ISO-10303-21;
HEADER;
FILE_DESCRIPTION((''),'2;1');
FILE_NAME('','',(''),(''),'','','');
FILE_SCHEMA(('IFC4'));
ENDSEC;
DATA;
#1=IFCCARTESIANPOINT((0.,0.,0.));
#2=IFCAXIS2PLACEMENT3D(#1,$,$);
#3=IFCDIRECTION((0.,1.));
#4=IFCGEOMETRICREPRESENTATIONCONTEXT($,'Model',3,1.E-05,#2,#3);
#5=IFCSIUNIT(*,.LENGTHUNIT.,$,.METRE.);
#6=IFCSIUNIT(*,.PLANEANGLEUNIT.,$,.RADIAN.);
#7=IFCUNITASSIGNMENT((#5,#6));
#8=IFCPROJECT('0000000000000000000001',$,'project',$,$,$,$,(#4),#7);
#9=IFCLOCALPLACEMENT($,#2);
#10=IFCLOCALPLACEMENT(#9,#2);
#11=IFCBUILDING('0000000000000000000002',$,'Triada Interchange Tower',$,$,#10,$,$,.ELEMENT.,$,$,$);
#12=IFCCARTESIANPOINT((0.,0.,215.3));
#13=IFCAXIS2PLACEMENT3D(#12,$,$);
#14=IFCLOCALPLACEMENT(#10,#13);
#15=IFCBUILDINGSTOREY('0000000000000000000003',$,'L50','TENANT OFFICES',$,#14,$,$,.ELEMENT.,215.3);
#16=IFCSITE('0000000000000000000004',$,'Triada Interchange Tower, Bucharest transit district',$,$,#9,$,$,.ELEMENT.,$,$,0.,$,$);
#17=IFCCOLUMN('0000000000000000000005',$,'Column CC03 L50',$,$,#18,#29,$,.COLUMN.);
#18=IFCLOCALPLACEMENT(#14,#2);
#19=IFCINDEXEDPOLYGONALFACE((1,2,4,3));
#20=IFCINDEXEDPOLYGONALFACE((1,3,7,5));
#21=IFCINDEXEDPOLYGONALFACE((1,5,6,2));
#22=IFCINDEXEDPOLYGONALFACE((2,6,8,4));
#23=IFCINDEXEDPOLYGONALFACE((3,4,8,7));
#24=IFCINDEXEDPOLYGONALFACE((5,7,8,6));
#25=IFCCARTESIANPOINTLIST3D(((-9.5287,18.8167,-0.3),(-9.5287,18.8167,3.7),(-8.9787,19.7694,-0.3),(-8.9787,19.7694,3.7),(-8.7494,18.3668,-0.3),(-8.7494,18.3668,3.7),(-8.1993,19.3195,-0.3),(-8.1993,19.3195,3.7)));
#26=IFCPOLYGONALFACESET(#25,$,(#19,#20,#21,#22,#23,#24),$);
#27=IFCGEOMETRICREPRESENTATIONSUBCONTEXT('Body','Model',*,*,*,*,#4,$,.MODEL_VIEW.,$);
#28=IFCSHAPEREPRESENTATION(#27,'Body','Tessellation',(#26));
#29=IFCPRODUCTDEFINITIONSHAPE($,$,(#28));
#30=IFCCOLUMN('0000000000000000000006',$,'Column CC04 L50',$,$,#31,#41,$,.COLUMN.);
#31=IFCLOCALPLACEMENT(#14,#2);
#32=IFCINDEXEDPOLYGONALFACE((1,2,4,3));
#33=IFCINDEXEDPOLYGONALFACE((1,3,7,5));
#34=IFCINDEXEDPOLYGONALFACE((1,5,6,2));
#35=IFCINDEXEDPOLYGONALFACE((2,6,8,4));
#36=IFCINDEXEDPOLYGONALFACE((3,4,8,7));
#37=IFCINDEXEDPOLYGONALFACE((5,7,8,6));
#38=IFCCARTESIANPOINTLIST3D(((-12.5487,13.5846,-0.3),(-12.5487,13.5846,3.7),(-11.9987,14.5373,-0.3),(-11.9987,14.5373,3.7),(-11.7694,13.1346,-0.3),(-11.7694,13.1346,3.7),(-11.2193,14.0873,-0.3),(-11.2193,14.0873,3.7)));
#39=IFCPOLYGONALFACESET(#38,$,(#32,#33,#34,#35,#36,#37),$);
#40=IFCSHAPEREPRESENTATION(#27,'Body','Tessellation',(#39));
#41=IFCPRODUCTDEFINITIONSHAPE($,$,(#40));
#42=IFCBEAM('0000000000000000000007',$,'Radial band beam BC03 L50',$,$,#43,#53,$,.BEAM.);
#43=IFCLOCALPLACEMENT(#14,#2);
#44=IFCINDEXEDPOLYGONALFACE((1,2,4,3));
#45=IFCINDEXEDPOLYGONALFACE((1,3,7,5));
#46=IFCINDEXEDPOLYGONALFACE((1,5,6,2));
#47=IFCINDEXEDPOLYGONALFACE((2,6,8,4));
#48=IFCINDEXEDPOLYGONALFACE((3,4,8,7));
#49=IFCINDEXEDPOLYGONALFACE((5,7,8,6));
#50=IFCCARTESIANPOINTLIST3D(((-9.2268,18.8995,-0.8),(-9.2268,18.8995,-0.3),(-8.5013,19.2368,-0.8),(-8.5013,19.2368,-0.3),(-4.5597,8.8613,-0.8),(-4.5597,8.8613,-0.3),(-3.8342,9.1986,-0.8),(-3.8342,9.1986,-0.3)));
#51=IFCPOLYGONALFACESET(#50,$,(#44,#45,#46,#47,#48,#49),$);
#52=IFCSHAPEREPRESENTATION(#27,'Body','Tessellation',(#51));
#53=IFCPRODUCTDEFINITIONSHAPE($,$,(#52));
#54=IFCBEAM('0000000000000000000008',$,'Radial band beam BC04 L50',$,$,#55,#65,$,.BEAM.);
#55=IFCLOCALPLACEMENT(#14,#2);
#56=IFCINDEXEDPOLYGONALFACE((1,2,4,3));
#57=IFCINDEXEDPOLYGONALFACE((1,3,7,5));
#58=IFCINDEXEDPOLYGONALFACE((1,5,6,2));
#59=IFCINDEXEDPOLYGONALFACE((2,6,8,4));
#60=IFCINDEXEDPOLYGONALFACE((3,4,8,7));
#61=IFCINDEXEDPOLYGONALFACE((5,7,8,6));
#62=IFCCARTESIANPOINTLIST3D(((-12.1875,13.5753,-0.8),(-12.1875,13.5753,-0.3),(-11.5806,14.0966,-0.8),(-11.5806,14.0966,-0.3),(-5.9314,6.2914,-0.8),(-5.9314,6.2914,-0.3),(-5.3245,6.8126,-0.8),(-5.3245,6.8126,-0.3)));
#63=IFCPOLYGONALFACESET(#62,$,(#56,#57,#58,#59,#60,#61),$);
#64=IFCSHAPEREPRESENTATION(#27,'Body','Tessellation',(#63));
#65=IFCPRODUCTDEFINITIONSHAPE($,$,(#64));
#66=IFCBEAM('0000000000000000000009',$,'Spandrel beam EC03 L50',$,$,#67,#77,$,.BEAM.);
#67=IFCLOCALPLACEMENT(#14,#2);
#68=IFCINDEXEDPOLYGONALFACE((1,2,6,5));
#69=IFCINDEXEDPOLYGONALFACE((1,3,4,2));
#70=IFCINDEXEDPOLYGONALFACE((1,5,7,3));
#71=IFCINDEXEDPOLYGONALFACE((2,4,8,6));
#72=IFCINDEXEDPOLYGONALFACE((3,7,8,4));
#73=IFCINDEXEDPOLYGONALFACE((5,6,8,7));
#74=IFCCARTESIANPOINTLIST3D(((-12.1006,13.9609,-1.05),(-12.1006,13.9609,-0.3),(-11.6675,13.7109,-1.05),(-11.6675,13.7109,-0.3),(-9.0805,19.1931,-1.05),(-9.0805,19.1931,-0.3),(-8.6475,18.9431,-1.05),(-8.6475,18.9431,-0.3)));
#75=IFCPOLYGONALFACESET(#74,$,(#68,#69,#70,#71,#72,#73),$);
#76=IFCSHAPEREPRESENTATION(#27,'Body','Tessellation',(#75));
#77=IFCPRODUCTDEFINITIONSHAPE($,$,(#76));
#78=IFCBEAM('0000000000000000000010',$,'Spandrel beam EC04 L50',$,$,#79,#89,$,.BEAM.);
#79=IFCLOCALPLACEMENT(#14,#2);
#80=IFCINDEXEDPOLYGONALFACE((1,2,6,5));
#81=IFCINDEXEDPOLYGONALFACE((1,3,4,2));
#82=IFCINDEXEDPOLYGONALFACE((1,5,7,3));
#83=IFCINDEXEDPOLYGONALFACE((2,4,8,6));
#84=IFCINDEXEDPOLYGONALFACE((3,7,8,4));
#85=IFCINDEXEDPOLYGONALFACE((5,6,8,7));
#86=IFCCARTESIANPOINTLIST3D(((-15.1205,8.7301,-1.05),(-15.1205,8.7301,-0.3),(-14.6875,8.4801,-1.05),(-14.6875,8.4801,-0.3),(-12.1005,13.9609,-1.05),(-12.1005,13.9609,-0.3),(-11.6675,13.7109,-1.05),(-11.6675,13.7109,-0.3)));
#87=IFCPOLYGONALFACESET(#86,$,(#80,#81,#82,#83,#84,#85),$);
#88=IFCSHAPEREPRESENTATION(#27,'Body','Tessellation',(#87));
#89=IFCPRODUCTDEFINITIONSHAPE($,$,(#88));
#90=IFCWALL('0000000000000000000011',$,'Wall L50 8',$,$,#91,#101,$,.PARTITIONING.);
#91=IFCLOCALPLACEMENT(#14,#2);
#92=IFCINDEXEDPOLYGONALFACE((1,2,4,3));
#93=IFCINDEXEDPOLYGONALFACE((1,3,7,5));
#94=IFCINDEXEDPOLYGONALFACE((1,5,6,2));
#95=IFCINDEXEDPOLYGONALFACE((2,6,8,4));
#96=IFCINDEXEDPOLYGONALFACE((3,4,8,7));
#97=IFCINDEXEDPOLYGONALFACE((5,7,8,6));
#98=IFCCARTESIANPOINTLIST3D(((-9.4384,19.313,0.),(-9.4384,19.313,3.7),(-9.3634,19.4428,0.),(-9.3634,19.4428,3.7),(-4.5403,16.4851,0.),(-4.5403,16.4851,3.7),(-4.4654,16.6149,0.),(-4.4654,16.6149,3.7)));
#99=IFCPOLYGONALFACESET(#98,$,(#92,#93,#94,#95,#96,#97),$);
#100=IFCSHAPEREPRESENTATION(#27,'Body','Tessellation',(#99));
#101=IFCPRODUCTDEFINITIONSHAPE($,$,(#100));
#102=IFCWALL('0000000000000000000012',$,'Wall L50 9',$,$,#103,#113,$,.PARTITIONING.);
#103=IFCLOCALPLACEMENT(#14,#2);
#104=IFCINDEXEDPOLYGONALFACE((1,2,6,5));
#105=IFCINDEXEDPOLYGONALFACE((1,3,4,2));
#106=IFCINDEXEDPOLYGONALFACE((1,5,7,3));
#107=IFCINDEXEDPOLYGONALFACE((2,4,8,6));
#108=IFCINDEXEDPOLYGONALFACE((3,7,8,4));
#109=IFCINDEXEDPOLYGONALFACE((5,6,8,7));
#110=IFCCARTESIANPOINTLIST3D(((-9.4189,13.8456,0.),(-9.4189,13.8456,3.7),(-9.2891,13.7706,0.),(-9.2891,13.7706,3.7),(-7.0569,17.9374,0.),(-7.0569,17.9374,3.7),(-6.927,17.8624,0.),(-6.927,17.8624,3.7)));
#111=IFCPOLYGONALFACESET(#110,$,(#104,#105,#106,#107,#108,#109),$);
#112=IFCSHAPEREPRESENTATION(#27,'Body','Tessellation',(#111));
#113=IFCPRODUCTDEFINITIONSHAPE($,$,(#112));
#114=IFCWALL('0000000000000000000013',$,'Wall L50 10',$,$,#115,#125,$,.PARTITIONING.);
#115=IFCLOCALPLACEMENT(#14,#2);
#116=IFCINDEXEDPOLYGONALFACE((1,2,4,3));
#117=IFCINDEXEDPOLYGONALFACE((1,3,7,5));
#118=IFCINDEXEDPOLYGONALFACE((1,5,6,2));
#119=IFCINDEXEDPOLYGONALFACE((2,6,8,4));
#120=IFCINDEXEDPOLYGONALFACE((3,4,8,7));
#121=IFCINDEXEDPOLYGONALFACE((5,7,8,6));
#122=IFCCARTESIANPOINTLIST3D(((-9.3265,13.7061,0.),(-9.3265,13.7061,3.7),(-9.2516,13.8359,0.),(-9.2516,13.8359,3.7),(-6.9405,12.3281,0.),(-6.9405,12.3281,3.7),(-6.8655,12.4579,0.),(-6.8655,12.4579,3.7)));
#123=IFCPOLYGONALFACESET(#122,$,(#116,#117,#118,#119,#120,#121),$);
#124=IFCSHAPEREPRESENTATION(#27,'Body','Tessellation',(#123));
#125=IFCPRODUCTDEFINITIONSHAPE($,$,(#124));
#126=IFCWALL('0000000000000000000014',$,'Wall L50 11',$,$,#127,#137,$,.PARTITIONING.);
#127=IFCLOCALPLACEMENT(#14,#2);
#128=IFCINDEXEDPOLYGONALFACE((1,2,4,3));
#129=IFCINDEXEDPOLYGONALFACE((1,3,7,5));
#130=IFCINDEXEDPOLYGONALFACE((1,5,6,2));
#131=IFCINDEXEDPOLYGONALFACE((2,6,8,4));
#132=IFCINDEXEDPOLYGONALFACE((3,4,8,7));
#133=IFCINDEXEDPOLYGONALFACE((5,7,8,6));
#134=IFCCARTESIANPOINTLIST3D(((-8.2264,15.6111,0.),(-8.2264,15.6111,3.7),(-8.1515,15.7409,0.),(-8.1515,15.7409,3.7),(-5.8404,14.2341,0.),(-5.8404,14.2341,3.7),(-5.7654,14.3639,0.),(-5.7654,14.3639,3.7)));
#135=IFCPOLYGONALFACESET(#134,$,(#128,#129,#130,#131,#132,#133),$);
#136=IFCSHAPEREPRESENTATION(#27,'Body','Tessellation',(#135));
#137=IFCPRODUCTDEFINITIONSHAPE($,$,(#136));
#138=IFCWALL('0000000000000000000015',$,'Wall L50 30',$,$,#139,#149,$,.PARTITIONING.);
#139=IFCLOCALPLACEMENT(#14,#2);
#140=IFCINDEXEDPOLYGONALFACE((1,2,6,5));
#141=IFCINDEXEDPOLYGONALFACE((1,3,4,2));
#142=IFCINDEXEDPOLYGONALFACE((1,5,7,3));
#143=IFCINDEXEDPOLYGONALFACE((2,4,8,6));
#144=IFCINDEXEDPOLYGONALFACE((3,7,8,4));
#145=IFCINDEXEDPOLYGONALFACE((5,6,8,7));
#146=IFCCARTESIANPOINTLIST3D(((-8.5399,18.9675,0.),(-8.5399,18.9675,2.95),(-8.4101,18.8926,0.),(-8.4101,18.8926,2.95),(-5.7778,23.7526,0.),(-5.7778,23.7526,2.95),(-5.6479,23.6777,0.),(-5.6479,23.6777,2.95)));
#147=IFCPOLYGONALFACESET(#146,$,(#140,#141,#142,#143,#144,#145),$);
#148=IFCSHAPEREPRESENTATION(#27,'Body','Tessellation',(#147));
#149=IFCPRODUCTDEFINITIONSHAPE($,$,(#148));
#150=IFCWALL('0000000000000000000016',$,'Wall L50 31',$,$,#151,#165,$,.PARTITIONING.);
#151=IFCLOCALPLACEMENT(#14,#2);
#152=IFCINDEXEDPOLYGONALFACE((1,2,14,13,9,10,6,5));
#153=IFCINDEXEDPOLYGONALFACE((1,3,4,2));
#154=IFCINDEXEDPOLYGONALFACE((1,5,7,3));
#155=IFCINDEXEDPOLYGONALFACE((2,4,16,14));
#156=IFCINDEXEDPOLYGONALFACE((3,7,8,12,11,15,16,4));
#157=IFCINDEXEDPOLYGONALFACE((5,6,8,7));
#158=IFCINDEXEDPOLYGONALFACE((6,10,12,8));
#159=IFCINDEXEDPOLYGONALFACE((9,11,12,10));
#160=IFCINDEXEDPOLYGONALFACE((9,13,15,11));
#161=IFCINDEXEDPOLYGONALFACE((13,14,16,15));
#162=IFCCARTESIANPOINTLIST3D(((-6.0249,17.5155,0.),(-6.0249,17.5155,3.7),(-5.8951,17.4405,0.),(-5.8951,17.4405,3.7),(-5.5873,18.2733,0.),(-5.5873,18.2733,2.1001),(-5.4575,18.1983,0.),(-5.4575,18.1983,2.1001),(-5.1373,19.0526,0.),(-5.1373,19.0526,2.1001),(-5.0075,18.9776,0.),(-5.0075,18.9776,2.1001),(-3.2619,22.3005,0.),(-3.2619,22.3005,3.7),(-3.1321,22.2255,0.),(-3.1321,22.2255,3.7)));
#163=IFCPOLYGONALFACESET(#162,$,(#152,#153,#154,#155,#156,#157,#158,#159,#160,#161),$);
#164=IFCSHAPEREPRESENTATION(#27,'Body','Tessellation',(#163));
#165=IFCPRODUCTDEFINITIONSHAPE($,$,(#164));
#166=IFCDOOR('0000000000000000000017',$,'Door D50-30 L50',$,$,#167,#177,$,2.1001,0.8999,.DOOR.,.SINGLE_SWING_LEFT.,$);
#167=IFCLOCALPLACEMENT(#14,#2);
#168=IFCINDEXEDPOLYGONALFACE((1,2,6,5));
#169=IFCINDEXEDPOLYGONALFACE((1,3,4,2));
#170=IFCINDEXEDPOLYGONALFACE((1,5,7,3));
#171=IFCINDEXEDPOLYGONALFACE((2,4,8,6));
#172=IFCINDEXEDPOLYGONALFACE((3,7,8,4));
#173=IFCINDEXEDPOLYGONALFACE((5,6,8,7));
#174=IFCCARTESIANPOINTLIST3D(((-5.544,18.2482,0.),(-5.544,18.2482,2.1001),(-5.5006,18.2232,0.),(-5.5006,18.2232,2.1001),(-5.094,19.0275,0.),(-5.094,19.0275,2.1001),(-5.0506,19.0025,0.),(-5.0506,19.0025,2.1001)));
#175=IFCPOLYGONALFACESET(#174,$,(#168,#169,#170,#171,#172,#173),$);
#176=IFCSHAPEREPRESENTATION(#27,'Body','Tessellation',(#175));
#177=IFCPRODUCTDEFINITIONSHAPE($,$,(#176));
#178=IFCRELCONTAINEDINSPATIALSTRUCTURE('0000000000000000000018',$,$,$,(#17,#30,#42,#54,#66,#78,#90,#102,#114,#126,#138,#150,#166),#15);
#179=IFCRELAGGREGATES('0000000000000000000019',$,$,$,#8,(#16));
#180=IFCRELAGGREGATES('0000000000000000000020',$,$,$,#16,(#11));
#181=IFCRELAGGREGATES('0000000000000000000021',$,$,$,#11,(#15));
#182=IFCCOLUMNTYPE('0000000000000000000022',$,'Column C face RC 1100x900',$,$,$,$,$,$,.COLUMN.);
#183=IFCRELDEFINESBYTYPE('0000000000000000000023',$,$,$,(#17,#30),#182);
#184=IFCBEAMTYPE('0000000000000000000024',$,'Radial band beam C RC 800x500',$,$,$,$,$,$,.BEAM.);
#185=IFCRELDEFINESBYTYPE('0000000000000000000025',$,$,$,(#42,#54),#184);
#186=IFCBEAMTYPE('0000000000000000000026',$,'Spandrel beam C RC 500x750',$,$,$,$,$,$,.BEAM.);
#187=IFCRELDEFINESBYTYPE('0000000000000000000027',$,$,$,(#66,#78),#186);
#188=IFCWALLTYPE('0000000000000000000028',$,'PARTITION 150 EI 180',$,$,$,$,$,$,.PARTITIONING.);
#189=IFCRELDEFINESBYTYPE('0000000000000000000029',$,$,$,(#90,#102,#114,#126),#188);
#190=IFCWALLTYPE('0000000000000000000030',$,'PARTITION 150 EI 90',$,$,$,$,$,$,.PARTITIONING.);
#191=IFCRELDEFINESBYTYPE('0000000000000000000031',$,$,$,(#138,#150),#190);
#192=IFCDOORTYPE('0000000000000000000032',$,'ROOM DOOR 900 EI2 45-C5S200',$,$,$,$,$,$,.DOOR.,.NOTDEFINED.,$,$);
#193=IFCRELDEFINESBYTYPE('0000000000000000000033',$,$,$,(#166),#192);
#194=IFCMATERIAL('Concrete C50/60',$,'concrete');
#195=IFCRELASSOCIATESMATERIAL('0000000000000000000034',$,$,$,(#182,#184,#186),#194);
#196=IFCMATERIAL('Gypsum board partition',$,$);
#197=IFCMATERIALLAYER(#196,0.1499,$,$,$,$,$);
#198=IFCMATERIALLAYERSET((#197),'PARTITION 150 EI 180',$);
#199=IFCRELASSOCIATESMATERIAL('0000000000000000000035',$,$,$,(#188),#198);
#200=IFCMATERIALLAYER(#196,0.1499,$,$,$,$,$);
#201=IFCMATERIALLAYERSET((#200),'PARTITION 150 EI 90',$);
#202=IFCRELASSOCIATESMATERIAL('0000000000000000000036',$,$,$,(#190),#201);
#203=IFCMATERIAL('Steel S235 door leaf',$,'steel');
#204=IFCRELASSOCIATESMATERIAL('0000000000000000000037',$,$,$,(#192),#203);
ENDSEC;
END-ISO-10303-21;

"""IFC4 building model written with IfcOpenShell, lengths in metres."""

from ifc_helpers import new_model, si_unit, direction, frame, frame_2d, origin, origin_2d, place, context, subcontext, project, spatial, rectangle, extrude, material, layer, layer_set, material_profile, profile_set, type_object, element, fill, save


model = new_model("IFC4")

# Units and contexts
model_context = context("Model", 3, precision=1e-05, world=origin(), true_north=direction((0.0, 1.0)))
body_context = subcontext(model_context, "Body", "Model", "MODEL_VIEW")
ifc_project = project(units=[si_unit("LENGTHUNIT", "METRE"), si_unit("PLANEANGLEUNIT", "RADIAN")], contexts=[model_context])

# Site, building, storey
site_placement = place(None, origin())
site = spatial("IfcSite", under=ifc_project, at=site_placement, Name="Triada Interchange Tower, Bucharest transit district", CompositionType="ELEMENT", RefElevation=0.0)
building_placement = place(site_placement, origin())
building = spatial("IfcBuilding", under=site, at=building_placement, Name="Triada Interchange Tower", CompositionType="ELEMENT")
storey_placement = place(building_placement, frame((0.0, 0.0, 215.3)))
storey = spatial("IfcBuildingStorey", under=building, at=storey_placement, Name="L50", Description="TENANT OFFICES", CompositionType="ELEMENT", Elevation=215.3)

# Columns
ifc_material_1 = material(Name="Concrete C50/60", Category="concrete")
ifc_material_profile_1 = material_profile(ifc_material_1, rectangle(XDim=1.1001, YDim=0.8999, at=origin_2d()), Name="RC 1100x900")
ifc_profile_set_1 = profile_set([ifc_material_profile_1], Name="Concrete C50/60")
column_type = type_object("IfcColumnType", Name="Column C face RC 1100x900", PredefinedType="COLUMN", material=ifc_profile_set_1)
for number, where, z_axis, x_axis, name in (
    (1, (-8.864, 19.0681, -0.3), (0.0, 0.0, 1.0), (0.5, 0.866025, 0.0), "Column CC03 L50"),
    (2, (-11.884, 13.8359, -0.3), (0.0, 0.0, 1.0), (0.5, 0.866025, 0.0), "Column CC04 L50"),
):
    element("IfcColumn", number, at=place(storey_placement, frame(where, z_axis=z_axis, x_axis=x_axis)), inside=storey, type_object=column_type, Name=name, PredefinedType="COLUMN", context=body_context, shape_type="SweptSolid", body=[
        extrude(rectangle(XDim=1.1001, YDim=0.8999, at=origin_2d()), origin(), (0.0, 0.0, 1.0), 4.0),
    ])

# Beams
ifc_material_profile_2 = material_profile(ifc_material_1, rectangle(XDim=0.8, YDim=0.5, at=origin_2d()), Name="RC 800x500")
ifc_profile_set_2 = profile_set([ifc_material_profile_2], Name="Concrete C50/60")
beam_type_1 = type_object("IfcBeamType", Name="Radial band beam C RC 800x500", PredefinedType="BEAM", material=ifc_profile_set_2)
beam_1_placement = place(storey_placement, frame((-8.864, 19.0681, -0.55), z_axis=(0.421591, -0.906786, 0.0), x_axis=(0.906786, 0.421591, 0.0)))
element("IfcBeam", 3, at=beam_1_placement, inside=storey, type_object=beam_type_1, Name="Radial band beam BC03 L50", PredefinedType="BEAM", context=body_context, shape_type="SweptSolid", body=[
    extrude(rectangle(XDim=0.8, YDim=0.5, at=origin_2d()), origin(), (0.0, 0.0, 1.0), 11.0701),
])
beam_2_placement = place(storey_placement, frame((-11.884, 13.8359, -0.55), z_axis=(0.651555, -0.758601, 0.0), x_axis=(0.758601, 0.651555, 0.0)))
element("IfcBeam", 4, at=beam_2_placement, inside=storey, type_object=beam_type_1, Name="Radial band beam BC04 L50", PredefinedType="BEAM", context=body_context, shape_type="SweptSolid", body=[
    extrude(rectangle(XDim=0.8, YDim=0.5, at=origin_2d()), origin(), (0.0, 0.0, 1.0), 9.6018),
])
ifc_material_profile_3 = material_profile(ifc_material_1, rectangle(XDim=0.5, YDim=0.75, at=origin_2d()), Name="RC 500x750")
ifc_profile_set_3 = profile_set([ifc_material_profile_3], Name="Concrete C50/60")
beam_type_2 = type_object("IfcBeamType", Name="Spandrel beam C RC 500x750", PredefinedType="BEAM", material=ifc_profile_set_3)
beam_3_placement = place(storey_placement, frame((-8.864, 19.0681, -0.675), z_axis=(-0.499903, -0.866081, 0.0), x_axis=(0.866081, -0.499903, 0.0)))
element("IfcBeam", 5, at=beam_3_placement, inside=storey, type_object=beam_type_2, Name="Spandrel beam EC03 L50", PredefinedType="BEAM", context=body_context, shape_type="SweptSolid", body=[
    extrude(rectangle(XDim=0.5, YDim=0.75, at=origin_2d()), origin(), (0.0, 0.0, 1.0), 6.0413),
])
beam_4_placement = place(storey_placement, frame((-11.884, 13.8359, -0.675), z_axis=(-0.499991, -0.866031, 0.0), x_axis=(0.866031, -0.499991, 0.0)))
element("IfcBeam", 6, at=beam_4_placement, inside=storey, type_object=beam_type_2, Name="Spandrel beam EC04 L50", PredefinedType="BEAM", context=body_context, shape_type="SweptSolid", body=[
    extrude(rectangle(XDim=0.5, YDim=0.75, at=origin_2d()), origin(), (0.0, 0.0, 1.0), 6.04),
])

# Shared definitions
ifc_material_2 = material(Name="Steel S235 door leaf", Category="steel")

# Walls
ifc_material_3 = material(Name="Gypsum board partition")
ifc_layer_1 = layer(ifc_material_3, 0.1499)
ifc_layer_set_1 = layer_set([ifc_layer_1], Name="PARTITION 150 EI 180")
wall_type_1 = type_object("IfcWallType", Name="PARTITION 150 EI 180", PredefinedType="PARTITIONING", material=ifc_layer_set_1)
wall_1_placement = place(storey_placement, frame((-9.4009, 19.3779, 0.0), z_axis=(0.0, 0.0, 1.0), x_axis=(0.866022, -0.500006, 0.0)))
element("IfcWall", 7, at=wall_1_placement, inside=storey, type_object=wall_type_1, Name="Wall L50 8", PredefinedType="PARTITIONING", context=body_context, shape_type="SweptSolid", body=[
    extrude(rectangle(XDim=5.6558, YDim=0.1499, at=frame_2d((2.8279, 0.0))), origin(), (0.0, 0.0, 1.0), 3.7),
])
wall_2_placement = place(storey_placement, frame((-9.354, 13.8081, 0.0), z_axis=(0.0, 0.0, 1.0), x_axis=(0.499946, 0.866057, 0.0)))
element("IfcWall", 8, at=wall_2_placement, inside=storey, type_object=wall_type_1, Name="Wall L50 9", PredefinedType="PARTITIONING", context=body_context, shape_type="SweptSolid", body=[
    extrude(rectangle(XDim=4.7246, YDim=0.1499, at=frame_2d((2.3623, 0.0))), origin(), (0.0, 0.0, 1.0), 3.7),
])
wall_3_placement = place(storey_placement, frame((-9.2891, 13.771, 0.0), z_axis=(0.0, 0.0, 1.0), x_axis=(0.865966, -0.500103, 0.0)))
element("IfcWall", 9, at=wall_3_placement, inside=storey, type_object=wall_type_1, Name="Wall L50 10", PredefinedType="PARTITIONING", context=body_context, shape_type="SweptSolid", body=[
    extrude(rectangle(XDim=2.7554, YDim=0.1499, at=frame_2d((1.3777, 0.0))), origin(), (0.0, 0.0, 1.0), 3.7),
])
wall_4_placement = place(storey_placement, frame((-8.189, 15.676, 0.0), z_axis=(0.0, 0.0, 1.0), x_axis=(0.866119, -0.499838, 0.0)))
element("IfcWall", 10, at=wall_4_placement, inside=storey, type_object=wall_type_1, Name="Wall L50 11", PredefinedType="PARTITIONING", context=body_context, shape_type="SweptSolid", body=[
    extrude(rectangle(XDim=2.7549, YDim=0.1499, at=frame_2d((1.3774, 0.0))), origin(), (0.0, 0.0, 1.0), 3.7),
])
ifc_layer_2 = layer(ifc_material_3, 0.1499)
ifc_layer_set_2 = layer_set([ifc_layer_2], Name="PARTITION 150 EI 90")
wall_type_2 = type_object("IfcWallType", Name="PARTITION 150 EI 90", PredefinedType="PARTITIONING", material=ifc_layer_set_2)
wall_5_placement = place(storey_placement, frame((-8.4751, 18.9299, 0.0), z_axis=(0.0, 0.0, 1.0), x_axis=(0.499932, 0.866065, 0.0)))
element("IfcWall", 11, at=wall_5_placement, inside=storey, type_object=wall_type_2, Name="Wall L50 30", PredefinedType="PARTITIONING", context=body_context, shape_type="SweptSolid", body=[
    extrude(rectangle(XDim=5.5251, YDim=0.1499, at=frame_2d((2.7627, 0.0))), origin(), (0.0, 0.0, 1.0), 2.95),
])

# Wall, opening, door
wall_6_placement = place(storey_placement, frame((-5.96, 17.478, 0.0), z_axis=(0.0, 0.0, 1.0), x_axis=(0.50005, 0.865996, 0.0)))
wall_6 = element("IfcWall", 12, at=wall_6_placement, inside=storey, type_object=wall_type_2, Name="Wall L50 31", PredefinedType="PARTITIONING", context=body_context, shape_type="SweptSolid", body=[
    extrude(rectangle(XDim=5.5254, YDim=0.1499, at=frame_2d((2.7627, 0.0))), origin(), (0.0, 0.0, 1.0), 3.7),
])
opening_1_placement = place(wall_6_placement, frame((0.875, 0.0, 0.0)))
opening_1 = element("IfcOpeningElement", 13, at=opening_1_placement, cuts=wall_6, PredefinedType="OPENING", context=body_context, shape_type="SweptSolid", body=[
    extrude(rectangle(XDim=0.8999, YDim=2.1001, at=frame_2d((0.45, 1.05))), frame((0.0, 0.085, 0.0), z_axis=(0.0, -1.0, 0.0), x_axis=(1.0, 0.0, 0.0)), (0.0, 0.0, 1.0), 0.1699),
])
door_type_1 = type_object("IfcDoorType", Name="ROOM DOOR 900 EI2 45-C5S200", OperationType="NOTDEFINED", PredefinedType="DOOR", material=ifc_material_2)
door_1_placement = place(opening_1_placement, origin())
door_1 = element("IfcDoor", 14, at=door_1_placement, inside=storey, type_object=door_type_1, Name="Door D50-30 L50", OperationType="SINGLE_SWING_LEFT", OverallHeight=2.1001, OverallWidth=0.8999, PredefinedType="DOOR", context=body_context, shape_type="SweptSolid", body=[
    extrude(rectangle(XDim=0.8999, YDim=2.1001, at=frame_2d((0.45, 1.05))), frame((0.0, 0.0249, 0.0), z_axis=(0.0, -1.0, 0.0), x_axis=(1.0, 0.0, 0.0)), (0.0, 0.0, 1.0), 0.05),
])
fill(opening_1, door_1)

save(model, "model.ifc")
